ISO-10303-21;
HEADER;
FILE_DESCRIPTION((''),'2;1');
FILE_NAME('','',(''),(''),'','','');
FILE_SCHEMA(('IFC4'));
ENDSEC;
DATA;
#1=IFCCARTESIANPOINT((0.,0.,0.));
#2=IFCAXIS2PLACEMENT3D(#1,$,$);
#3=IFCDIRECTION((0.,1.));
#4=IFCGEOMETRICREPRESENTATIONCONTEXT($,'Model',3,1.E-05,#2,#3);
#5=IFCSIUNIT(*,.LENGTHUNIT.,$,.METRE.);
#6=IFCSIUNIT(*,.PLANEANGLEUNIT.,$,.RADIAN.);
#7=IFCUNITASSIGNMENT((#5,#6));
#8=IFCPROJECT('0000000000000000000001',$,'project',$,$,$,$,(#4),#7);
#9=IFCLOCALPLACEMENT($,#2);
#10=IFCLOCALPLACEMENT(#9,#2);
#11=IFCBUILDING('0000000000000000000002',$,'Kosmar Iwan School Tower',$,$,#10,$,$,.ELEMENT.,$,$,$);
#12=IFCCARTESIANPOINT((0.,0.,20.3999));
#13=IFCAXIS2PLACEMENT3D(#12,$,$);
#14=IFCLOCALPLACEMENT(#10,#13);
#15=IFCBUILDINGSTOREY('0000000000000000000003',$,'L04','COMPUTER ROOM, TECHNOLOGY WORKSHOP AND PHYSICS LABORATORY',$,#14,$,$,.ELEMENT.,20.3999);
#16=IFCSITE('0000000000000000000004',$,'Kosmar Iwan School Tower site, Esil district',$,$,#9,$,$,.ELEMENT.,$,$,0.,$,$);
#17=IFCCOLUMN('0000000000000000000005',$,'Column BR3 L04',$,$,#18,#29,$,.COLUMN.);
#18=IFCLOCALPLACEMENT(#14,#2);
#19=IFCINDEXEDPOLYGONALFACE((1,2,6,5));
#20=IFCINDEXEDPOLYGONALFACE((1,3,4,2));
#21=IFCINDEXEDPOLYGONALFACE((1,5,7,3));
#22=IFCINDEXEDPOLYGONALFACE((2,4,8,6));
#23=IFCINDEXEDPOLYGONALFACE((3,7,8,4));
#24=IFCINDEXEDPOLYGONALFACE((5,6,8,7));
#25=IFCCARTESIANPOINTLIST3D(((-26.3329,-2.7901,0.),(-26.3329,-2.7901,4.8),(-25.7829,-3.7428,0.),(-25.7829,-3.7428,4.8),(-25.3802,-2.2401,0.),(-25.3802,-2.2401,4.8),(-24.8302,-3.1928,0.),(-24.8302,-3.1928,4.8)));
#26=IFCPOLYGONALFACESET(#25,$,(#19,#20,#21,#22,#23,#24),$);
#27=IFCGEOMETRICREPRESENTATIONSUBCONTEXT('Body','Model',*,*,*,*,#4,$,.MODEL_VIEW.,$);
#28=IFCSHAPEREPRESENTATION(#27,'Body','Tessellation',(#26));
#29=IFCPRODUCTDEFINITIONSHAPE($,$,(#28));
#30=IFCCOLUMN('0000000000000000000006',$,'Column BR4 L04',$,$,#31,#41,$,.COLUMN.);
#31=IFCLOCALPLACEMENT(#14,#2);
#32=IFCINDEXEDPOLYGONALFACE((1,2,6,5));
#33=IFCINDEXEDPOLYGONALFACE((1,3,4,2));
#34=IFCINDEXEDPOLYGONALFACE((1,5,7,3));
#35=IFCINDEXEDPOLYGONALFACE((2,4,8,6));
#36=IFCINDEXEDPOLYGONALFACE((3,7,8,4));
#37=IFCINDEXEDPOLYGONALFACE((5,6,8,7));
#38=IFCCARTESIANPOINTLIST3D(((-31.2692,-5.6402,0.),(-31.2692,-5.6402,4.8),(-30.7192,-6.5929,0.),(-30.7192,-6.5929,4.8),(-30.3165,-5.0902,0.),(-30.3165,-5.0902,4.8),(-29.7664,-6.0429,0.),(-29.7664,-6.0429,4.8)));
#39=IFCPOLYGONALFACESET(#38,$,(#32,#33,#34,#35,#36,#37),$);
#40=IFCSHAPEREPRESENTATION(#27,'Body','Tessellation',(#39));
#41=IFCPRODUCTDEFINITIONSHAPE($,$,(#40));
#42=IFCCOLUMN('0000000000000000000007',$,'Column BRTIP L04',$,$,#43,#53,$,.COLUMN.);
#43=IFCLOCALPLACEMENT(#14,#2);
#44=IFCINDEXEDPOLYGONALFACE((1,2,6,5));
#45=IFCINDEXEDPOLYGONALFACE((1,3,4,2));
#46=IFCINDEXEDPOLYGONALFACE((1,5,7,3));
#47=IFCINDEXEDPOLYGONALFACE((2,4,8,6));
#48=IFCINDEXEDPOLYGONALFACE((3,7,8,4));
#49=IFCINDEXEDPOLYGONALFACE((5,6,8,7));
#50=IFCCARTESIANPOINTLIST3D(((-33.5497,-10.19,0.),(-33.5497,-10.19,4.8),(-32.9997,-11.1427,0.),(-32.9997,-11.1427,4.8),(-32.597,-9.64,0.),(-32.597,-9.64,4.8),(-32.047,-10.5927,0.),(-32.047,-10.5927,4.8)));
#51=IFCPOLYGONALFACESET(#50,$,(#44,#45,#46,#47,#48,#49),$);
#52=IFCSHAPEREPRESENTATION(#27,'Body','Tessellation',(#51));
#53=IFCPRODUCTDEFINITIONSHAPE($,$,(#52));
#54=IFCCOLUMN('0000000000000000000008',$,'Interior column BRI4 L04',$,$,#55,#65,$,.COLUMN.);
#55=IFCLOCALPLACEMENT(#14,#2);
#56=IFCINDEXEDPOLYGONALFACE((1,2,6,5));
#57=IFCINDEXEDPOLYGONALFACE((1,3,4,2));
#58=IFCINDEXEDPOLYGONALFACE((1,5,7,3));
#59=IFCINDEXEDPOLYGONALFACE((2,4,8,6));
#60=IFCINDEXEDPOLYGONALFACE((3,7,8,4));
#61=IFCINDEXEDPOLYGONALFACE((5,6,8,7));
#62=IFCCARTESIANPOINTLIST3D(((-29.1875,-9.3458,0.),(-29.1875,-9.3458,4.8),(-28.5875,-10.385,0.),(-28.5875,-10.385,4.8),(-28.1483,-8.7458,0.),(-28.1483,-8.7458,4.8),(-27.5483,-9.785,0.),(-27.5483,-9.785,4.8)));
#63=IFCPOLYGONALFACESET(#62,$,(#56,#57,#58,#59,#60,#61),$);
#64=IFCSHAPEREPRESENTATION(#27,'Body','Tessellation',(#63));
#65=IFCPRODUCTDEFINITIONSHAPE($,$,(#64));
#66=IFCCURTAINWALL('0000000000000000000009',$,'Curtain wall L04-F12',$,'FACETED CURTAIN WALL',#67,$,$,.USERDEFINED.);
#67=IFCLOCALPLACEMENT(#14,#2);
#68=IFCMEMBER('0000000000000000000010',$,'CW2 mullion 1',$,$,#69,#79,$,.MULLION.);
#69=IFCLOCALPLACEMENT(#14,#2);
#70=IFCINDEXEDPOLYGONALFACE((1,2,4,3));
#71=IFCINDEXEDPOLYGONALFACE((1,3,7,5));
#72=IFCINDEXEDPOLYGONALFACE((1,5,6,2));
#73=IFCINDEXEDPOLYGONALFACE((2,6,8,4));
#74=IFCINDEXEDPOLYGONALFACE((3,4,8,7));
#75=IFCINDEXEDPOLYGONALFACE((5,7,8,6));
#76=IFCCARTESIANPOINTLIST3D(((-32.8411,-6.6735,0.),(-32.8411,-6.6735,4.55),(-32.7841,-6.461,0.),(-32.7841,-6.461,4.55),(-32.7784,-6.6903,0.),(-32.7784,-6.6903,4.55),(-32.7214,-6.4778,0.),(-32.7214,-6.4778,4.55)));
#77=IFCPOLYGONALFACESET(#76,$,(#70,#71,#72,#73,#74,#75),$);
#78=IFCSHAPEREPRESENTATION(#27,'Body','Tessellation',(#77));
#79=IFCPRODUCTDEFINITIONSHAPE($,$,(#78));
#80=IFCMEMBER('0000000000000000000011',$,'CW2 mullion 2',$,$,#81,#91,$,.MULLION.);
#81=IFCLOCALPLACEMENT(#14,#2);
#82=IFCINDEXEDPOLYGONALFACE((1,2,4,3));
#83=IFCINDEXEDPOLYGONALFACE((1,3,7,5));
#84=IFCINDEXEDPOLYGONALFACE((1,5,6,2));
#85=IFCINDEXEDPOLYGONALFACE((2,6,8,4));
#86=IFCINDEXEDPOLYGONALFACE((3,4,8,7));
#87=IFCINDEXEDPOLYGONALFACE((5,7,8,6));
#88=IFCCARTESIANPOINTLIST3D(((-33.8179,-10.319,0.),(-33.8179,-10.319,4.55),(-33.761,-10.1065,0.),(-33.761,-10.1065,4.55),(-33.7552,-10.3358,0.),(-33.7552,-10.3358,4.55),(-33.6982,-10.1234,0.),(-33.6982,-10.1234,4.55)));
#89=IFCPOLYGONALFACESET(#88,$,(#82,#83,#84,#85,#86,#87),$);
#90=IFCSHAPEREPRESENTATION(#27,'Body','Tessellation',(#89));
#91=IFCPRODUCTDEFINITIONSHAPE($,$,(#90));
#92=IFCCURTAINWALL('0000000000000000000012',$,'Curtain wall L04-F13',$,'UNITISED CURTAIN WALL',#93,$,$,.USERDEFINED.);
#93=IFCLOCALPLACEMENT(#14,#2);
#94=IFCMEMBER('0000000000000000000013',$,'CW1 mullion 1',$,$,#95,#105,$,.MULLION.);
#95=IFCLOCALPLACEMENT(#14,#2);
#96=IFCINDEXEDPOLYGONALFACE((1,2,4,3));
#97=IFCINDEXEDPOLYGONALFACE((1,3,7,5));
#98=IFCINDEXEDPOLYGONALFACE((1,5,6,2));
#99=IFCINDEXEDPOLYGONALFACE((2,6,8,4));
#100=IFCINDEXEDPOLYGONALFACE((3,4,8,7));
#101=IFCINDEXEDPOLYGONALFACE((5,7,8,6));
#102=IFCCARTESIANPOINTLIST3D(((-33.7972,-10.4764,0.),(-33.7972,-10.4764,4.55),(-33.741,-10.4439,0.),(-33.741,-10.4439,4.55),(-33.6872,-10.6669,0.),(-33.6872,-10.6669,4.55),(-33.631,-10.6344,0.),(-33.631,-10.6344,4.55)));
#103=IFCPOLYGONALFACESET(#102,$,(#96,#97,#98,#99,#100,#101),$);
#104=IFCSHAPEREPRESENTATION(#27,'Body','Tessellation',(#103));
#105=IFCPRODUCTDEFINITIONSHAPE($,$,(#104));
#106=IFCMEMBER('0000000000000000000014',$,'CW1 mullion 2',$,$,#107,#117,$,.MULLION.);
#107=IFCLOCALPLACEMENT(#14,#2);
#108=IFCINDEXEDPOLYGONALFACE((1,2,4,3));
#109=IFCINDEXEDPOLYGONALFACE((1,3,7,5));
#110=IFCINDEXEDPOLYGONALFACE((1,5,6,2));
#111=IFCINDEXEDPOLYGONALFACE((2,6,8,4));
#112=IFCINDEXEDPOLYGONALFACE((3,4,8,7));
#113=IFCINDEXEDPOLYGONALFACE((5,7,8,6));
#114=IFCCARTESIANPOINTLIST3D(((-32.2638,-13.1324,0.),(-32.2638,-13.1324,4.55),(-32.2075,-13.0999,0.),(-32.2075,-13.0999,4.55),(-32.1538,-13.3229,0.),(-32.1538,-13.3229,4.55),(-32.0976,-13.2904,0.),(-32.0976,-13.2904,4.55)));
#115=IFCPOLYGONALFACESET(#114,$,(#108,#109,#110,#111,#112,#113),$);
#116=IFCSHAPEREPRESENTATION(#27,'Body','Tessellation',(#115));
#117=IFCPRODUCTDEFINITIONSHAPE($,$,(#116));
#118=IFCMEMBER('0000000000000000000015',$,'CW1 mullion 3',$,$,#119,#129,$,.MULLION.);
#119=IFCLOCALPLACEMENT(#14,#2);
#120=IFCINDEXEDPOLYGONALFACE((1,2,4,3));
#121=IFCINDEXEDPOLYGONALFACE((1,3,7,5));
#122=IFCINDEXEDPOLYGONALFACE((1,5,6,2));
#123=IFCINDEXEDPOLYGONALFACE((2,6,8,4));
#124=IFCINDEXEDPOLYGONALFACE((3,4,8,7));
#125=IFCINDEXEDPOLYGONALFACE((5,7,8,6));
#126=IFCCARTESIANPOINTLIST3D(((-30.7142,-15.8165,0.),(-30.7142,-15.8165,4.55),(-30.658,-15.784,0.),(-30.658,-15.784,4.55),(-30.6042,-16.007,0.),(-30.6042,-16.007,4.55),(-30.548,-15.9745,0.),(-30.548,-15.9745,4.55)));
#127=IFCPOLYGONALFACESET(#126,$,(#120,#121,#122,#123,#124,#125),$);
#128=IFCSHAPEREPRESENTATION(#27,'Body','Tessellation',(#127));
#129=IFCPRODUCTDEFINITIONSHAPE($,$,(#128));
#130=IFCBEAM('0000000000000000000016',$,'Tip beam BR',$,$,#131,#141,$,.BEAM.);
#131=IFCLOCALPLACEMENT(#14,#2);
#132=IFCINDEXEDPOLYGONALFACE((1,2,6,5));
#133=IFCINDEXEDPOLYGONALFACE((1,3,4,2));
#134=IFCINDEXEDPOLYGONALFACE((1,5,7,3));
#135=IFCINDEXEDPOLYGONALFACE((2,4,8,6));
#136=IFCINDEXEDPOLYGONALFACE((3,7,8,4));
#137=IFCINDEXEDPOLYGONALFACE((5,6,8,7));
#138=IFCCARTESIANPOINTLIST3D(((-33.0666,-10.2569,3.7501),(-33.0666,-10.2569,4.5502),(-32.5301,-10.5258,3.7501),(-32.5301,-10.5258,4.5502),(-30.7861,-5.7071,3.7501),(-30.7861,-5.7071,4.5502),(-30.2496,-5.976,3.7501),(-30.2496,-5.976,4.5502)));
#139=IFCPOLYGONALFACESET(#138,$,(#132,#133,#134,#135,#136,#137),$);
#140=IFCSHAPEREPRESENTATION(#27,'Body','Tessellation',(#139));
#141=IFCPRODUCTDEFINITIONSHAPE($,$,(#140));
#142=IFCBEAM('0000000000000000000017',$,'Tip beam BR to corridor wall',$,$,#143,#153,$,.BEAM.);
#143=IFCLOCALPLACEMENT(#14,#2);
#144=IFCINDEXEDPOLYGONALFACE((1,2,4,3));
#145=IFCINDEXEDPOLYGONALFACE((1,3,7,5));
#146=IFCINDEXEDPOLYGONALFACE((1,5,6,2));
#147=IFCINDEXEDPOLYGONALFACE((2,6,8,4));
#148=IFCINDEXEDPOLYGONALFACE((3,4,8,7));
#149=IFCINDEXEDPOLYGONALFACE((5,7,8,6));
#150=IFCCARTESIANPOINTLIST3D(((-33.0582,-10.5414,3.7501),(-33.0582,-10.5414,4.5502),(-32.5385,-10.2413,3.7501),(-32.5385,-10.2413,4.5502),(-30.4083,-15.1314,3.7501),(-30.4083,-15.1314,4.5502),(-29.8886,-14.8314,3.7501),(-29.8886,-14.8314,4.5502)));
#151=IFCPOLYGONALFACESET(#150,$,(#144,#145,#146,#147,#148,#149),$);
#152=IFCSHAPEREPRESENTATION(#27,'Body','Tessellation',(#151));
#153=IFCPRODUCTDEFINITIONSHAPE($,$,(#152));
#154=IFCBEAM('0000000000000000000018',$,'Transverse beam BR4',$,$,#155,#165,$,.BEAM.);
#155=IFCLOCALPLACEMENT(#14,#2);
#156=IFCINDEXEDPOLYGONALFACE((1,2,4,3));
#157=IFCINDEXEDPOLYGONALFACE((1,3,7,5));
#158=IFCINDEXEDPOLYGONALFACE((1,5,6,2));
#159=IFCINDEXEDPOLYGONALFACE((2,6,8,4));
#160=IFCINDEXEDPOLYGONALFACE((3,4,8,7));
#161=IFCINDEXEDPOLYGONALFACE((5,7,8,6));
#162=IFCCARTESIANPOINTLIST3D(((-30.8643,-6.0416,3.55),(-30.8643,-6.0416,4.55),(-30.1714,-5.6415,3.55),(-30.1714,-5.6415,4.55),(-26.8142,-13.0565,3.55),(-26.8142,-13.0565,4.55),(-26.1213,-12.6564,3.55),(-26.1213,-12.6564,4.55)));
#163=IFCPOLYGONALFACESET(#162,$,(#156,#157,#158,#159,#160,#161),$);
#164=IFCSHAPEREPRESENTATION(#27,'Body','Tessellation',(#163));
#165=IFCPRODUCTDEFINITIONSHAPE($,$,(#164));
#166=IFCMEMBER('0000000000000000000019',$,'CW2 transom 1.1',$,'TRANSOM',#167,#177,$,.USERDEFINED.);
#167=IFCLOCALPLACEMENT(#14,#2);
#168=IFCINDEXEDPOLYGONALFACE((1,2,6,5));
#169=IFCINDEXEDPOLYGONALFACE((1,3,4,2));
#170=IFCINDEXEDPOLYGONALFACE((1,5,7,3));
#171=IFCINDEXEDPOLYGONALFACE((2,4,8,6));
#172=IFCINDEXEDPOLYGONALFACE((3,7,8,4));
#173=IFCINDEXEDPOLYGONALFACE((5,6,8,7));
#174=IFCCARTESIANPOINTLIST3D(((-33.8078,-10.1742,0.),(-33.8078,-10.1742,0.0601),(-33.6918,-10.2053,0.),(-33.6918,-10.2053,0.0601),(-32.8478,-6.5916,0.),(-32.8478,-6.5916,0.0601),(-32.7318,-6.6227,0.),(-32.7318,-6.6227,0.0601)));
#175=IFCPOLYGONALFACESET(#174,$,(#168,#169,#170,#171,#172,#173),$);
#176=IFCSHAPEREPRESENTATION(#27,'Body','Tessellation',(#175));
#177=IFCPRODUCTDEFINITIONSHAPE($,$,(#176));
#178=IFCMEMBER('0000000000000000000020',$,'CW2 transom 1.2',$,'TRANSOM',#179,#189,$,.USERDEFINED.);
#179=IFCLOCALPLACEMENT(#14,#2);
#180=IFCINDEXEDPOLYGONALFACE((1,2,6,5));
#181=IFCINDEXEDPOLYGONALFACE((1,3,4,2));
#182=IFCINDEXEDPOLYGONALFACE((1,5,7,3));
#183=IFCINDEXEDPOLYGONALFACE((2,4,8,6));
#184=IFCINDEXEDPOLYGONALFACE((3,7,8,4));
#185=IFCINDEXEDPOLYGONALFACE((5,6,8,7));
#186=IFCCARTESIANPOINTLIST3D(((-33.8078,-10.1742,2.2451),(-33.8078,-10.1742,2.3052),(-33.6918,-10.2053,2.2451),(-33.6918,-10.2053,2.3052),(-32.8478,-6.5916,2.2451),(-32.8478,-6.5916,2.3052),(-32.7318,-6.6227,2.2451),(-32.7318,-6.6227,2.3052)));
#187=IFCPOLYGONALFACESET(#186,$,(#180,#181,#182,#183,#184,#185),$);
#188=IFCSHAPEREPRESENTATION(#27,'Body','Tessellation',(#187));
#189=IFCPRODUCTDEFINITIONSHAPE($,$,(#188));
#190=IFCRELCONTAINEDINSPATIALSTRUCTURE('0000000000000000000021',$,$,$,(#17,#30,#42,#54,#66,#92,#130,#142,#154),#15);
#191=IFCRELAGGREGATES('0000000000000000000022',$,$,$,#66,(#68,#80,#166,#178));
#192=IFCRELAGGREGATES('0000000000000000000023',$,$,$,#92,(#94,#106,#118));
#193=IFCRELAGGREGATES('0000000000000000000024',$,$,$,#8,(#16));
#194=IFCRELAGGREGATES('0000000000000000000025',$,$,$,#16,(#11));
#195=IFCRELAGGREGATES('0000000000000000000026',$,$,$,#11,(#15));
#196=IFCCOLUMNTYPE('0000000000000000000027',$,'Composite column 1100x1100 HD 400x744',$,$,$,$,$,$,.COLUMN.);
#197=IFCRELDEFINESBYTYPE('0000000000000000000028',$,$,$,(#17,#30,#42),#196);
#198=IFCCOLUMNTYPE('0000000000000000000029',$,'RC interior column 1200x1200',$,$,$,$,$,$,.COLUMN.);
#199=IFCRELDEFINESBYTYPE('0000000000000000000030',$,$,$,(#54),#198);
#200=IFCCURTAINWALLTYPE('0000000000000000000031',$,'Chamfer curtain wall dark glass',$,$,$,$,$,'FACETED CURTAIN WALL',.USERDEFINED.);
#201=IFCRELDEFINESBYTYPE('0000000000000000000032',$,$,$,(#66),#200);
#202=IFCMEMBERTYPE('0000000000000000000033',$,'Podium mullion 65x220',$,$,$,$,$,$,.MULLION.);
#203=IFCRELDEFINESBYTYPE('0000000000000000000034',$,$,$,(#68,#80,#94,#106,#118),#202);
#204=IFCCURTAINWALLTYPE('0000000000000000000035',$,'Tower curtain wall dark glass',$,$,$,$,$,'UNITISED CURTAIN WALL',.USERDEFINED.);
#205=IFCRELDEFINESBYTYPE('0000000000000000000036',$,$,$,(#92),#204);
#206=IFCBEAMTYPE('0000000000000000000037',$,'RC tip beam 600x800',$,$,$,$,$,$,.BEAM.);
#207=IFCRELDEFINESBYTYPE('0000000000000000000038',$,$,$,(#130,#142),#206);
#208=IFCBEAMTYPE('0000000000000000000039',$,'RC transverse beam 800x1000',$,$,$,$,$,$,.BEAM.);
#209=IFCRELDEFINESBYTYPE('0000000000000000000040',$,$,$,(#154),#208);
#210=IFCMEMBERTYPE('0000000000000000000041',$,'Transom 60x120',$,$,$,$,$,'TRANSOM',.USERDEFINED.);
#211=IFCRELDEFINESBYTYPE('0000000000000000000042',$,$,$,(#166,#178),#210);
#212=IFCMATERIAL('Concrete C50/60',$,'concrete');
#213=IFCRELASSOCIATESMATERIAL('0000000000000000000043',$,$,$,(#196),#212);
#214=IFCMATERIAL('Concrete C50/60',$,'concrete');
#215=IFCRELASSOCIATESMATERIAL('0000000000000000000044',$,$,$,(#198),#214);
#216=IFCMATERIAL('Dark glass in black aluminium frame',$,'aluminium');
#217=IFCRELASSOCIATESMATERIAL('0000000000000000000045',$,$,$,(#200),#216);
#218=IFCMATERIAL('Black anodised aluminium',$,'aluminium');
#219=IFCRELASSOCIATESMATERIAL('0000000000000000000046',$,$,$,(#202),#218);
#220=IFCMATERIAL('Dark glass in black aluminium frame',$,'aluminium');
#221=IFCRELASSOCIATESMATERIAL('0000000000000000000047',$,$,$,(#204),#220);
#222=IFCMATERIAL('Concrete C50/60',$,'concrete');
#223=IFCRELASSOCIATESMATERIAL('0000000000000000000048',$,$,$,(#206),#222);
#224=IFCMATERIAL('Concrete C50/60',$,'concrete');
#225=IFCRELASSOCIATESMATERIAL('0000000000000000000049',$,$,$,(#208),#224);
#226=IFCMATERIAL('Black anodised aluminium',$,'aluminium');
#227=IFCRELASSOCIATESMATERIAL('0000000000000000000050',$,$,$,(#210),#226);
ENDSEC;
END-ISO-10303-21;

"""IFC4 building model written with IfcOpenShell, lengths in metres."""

from ifc_helpers import new_model, si_unit, direction, frame, origin, origin_2d, place, context, subcontext, project, spatial, rectangle, extrude, material, material_profile, profile_set, type_object, element, aggregate, save


model = new_model("IFC4")

# Units and contexts
model_context = context("Model", 3, precision=1e-05, world=origin(), true_north=direction((0.0, 1.0)))
body_context = subcontext(model_context, "Body", "Model", "MODEL_VIEW")
ifc_project = project(units=[si_unit("LENGTHUNIT", "METRE"), si_unit("PLANEANGLEUNIT", "RADIAN")], contexts=[model_context])

# Site, building, storey
site_placement = place(None, origin())
site = spatial("IfcSite", under=ifc_project, at=site_placement, Name="Kosmar Iwan School Tower site, Esil district", CompositionType="ELEMENT", RefElevation=0.0)
building_placement = place(site_placement, origin())
building = spatial("IfcBuilding", under=site, at=building_placement, Name="Kosmar Iwan School Tower", CompositionType="ELEMENT")
storey_placement = place(building_placement, frame((0.0, 0.0, 20.3999)))
storey = spatial("IfcBuildingStorey", under=building, at=storey_placement, Name="L04", Description="COMPUTER ROOM, TECHNOLOGY WORKSHOP AND PHYSICS LABORATORY", CompositionType="ELEMENT", Elevation=20.3999)

# Columns
ifc_material_1 = material(Name="Concrete C50/60", Category="concrete")
ifc_material_profile_1 = material_profile(ifc_material_1, rectangle(XDim=1.1001, YDim=1.1001, at=origin_2d()), Name="RC 1100x1100 + HD 400x744")
ifc_profile_set_1 = profile_set([ifc_material_profile_1], Name="Concrete C50/60")
column_type_1 = type_object("IfcColumnType", Name="Composite column 1100x1100 HD 400x744", PredefinedType="COLUMN", material=ifc_profile_set_1)
for number, where, z_axis, x_axis, name in (
    (1, (-25.5815, -2.9915, 0.0), (0.0, 0.0, 1.0), (-0.866025, -0.5, 0.0), "Column BR3 L04"),
    (2, (-30.5178, -5.8416, 0.0), (0.0, 0.0, 1.0), (-0.866025, -0.5, 0.0), "Column BR4 L04"),
    (3, (-32.7983, -10.3914, 0.0), (0.0, 0.0, 1.0), (-0.866025, -0.5, 0.0), "Column BRTIP L04"),
):
    element("IfcColumn", number, at=place(storey_placement, frame(where, z_axis=z_axis, x_axis=x_axis)), inside=storey, type_object=column_type_1, Name=name, PredefinedType="COLUMN", context=body_context, shape_type="SweptSolid", body=[
        extrude(rectangle(XDim=1.1001, YDim=1.1001, at=origin_2d()), origin(), (0.0, 0.0, 1.0), 4.8),
    ])
ifc_material_2 = material(Name="Concrete C50/60", Category="concrete")
ifc_material_profile_2 = material_profile(ifc_material_2, rectangle(XDim=1.2, YDim=1.2, at=origin_2d()), Name="RC 1200x1200")
ifc_profile_set_2 = profile_set([ifc_material_profile_2], Name="Concrete C50/60")
column_type_2 = type_object("IfcColumnType", Name="RC interior column 1200x1200", PredefinedType="COLUMN", material=ifc_profile_set_2)
column_placement = place(storey_placement, frame((-28.3679, -9.5654, 0.0), z_axis=(0.0, 0.0, 1.0), x_axis=(-0.866025, -0.5, 0.0)))
element("IfcColumn", 4, at=column_placement, inside=storey, type_object=column_type_2, Name="Interior column BRI4 L04", PredefinedType="COLUMN", context=body_context, shape_type="SweptSolid", body=[
    extrude(rectangle(XDim=1.2, YDim=1.2, at=origin_2d()), origin(), (0.0, 0.0, 1.0), 4.8),
])

# Curtain walls, members
ifc_material_3 = material(Name="Dark glass in black aluminium frame", Category="aluminium")
curtain_wall_type_1 = type_object("IfcCurtainWallType", Name="Chamfer curtain wall dark glass", ElementType="FACETED CURTAIN WALL", PredefinedType="USERDEFINED", material=ifc_material_3)
curtain_wall_1_placement = place(storey_placement, origin())
curtain_wall_1 = element("IfcCurtainWall", 5, at=curtain_wall_1_placement, inside=storey, type_object=curtain_wall_type_1, Name="Curtain wall L04-F12", ObjectType="FACETED CURTAIN WALL", PredefinedType="USERDEFINED")
ifc_material_4 = material(Name="Black anodised aluminium", Category="aluminium")
ifc_material_profile_3 = material_profile(ifc_material_4, rectangle(XDim=0.0649, YDim=0.22, at=origin_2d()), Name="MULLION 65x220")
ifc_profile_set_3 = profile_set([ifc_material_profile_3], Name="Black anodised aluminium")
member_type_1 = type_object("IfcMemberType", Name="Podium mullion 65x220", PredefinedType="MULLION", material=ifc_profile_set_3)
member_1_placement = place(storey_placement, frame((-32.7812, -6.5757, 0.0), z_axis=(0.0, 0.0, 1.0), x_axis=(0.965926, -0.258819, 0.0)))
member_1 = element("IfcMember", 6, at=member_1_placement, type_object=member_type_1, Name="CW2 mullion 1", PredefinedType="MULLION", context=body_context, shape_type="SweptSolid", body=[
    extrude(rectangle(XDim=0.0649, YDim=0.22, at=origin_2d()), origin(), (0.0, 0.0, 1.0), 4.55),
])
member_2_placement = place(storey_placement, frame((-33.7581, -10.2212, 0.0), z_axis=(0.0, 0.0, 1.0), x_axis=(0.965926, -0.258819, 0.0)))
member_2 = element("IfcMember", 7, at=member_2_placement, type_object=member_type_1, Name="CW2 mullion 2", PredefinedType="MULLION", context=body_context, shape_type="SweptSolid", body=[
    extrude(rectangle(XDim=0.0649, YDim=0.22, at=origin_2d()), origin(), (0.0, 0.0, 1.0), 4.55),
])
ifc_material_5 = material(Name="Dark glass in black aluminium frame", Category="aluminium")
curtain_wall_type_2 = type_object("IfcCurtainWallType", Name="Tower curtain wall dark glass", ElementType="UNITISED CURTAIN WALL", PredefinedType="USERDEFINED", material=ifc_material_5)
curtain_wall_2_placement = place(storey_placement, origin())
curtain_wall_2 = element("IfcCurtainWall", 8, at=curtain_wall_2_placement, inside=storey, type_object=curtain_wall_type_2, Name="Curtain wall L04-F13", ObjectType="UNITISED CURTAIN WALL", PredefinedType="USERDEFINED")
member_3_placement = place(storey_placement, frame((-33.7141, -10.5554, 0.0), z_axis=(0.0, 0.0, 1.0), x_axis=(0.866025, 0.5, 0.0)))
member_3 = element("IfcMember", 9, at=member_3_placement, type_object=member_type_1, Name="CW1 mullion 1", PredefinedType="MULLION", context=body_context, shape_type="SweptSolid", body=[
    extrude(rectangle(XDim=0.0649, YDim=0.22, at=origin_2d()), origin(), (0.0, 0.0, 1.0), 4.55),
])
member_4_placement = place(storey_placement, frame((-32.1807, -13.2114, 0.0), z_axis=(0.0, 0.0, 1.0), x_axis=(0.866025, 0.5, 0.0)))
member_4 = element("IfcMember", 10, at=member_4_placement, type_object=member_type_1, Name="CW1 mullion 2", PredefinedType="MULLION", context=body_context, shape_type="SweptSolid", body=[
    extrude(rectangle(XDim=0.0649, YDim=0.22, at=origin_2d()), origin(), (0.0, 0.0, 1.0), 4.55),
])
member_5_placement = place(storey_placement, frame((-30.6311, -15.8955, 0.0), z_axis=(0.0, 0.0, 1.0), x_axis=(0.866025, 0.5, 0.0)))
member_5 = element("IfcMember", 11, at=member_5_placement, type_object=member_type_1, Name="CW1 mullion 3", PredefinedType="MULLION", context=body_context, shape_type="SweptSolid", body=[
    extrude(rectangle(XDim=0.0649, YDim=0.22, at=origin_2d()), origin(), (0.0, 0.0, 1.0), 4.55),
])

# Beams
ifc_material_6 = material(Name="Concrete C50/60", Category="concrete")
ifc_material_profile_4 = material_profile(ifc_material_6, rectangle(XDim=0.6001, YDim=0.8, at=origin_2d()), Name="RC 600x800")
ifc_profile_set_4 = profile_set([ifc_material_profile_4], Name="Concrete C50/60")
beam_type_1 = type_object("IfcBeamType", Name="RC tip beam 600x800", PredefinedType="BEAM", material=ifc_profile_set_4)
beam_1_placement = place(storey_placement, frame((-30.5178, -5.8416, 4.1501), z_axis=(-0.448096, -0.893985, 0.0), x_axis=(0.893985, -0.448096, 0.0)))
element("IfcBeam", 12, at=beam_1_placement, inside=storey, type_object=beam_type_1, Name="Tip beam BR", PredefinedType="BEAM", context=body_context, shape_type="SweptSolid", body=[
    extrude(rectangle(XDim=0.6001, YDim=0.8, at=origin_2d()), origin(), (0.0, 0.0, 1.0), 5.0894),
])
beam_2_placement = place(storey_placement, frame((-32.7983, -10.3914, 4.1501), z_axis=(0.499974, -0.866041, 0.0), x_axis=(0.866041, 0.499974, 0.0)))
element("IfcBeam", 13, at=beam_2_placement, inside=storey, type_object=beam_type_1, Name="Tip beam BR to corridor wall", PredefinedType="BEAM", context=body_context, shape_type="SweptSolid", body=[
    extrude(rectangle(XDim=0.6001, YDim=0.8, at=origin_2d()), origin(), (0.0, 0.0, 1.0), 5.3),
])
ifc_material_7 = material(Name="Concrete C50/60", Category="concrete")
ifc_material_profile_5 = material_profile(ifc_material_7, rectangle(XDim=0.8, YDim=1.0, at=origin_2d()), Name="RC 800x1000")
ifc_profile_set_5 = profile_set([ifc_material_profile_5], Name="Concrete C50/60")
beam_type_2 = type_object("IfcBeamType", Name="RC transverse beam 800x1000", PredefinedType="BEAM", material=ifc_profile_set_5)
beam_3_placement = place(storey_placement, frame((-30.5178, -5.8416, 4.05), z_axis=(0.5, -0.866025, 0.0), x_axis=(0.866025, 0.5, 0.0)))
element("IfcBeam", 14, at=beam_3_placement, inside=storey, type_object=beam_type_2, Name="Transverse beam BR4", PredefinedType="BEAM", context=body_context, shape_type="SweptSolid", body=[
    extrude(rectangle(XDim=0.8, YDim=1.0, at=origin_2d()), origin(), (0.0, 0.0, 1.0), 8.1001),
])

# Members
ifc_material_8 = material(Name="Black anodised aluminium", Category="aluminium")
ifc_material_profile_6 = material_profile(ifc_material_8, rectangle(XDim=0.1201, YDim=0.0601, at=origin_2d()), Name="TRANSOM 60x120")
ifc_profile_set_6 = profile_set([ifc_material_profile_6], Name="Black anodised aluminium")
member_type_2 = type_object("IfcMemberType", Name="Transom 60x120", ElementType="TRANSOM", PredefinedType="USERDEFINED", material=ifc_profile_set_6)
member_6_placement = place(storey_placement, frame((-32.7898, -6.6072, 0.03), z_axis=(-0.258826, -0.965924, 0.0), x_axis=(0.965924, -0.258826, 0.0)))
member_6 = element("IfcMember", 15, at=member_6_placement, type_object=member_type_2, Name="CW2 transom 1.1", ObjectType="TRANSOM", PredefinedType="USERDEFINED", context=body_context, shape_type="SweptSolid", body=[
    extrude(rectangle(XDim=0.1201, YDim=0.0601, at=origin_2d()), origin(), (0.0, 0.0, 1.0), 3.709),
])
member_7_placement = place(storey_placement, frame((-32.7898, -6.6072, 2.2751), z_axis=(-0.258826, -0.965924, 0.0), x_axis=(0.965924, -0.258826, 0.0)))
member_7 = element("IfcMember", 16, at=member_7_placement, type_object=member_type_2, Name="CW2 transom 1.2", ObjectType="TRANSOM", PredefinedType="USERDEFINED", context=body_context, shape_type="SweptSolid", body=[
    extrude(rectangle(XDim=0.1201, YDim=0.0601, at=origin_2d()), origin(), (0.0, 0.0, 1.0), 3.709),
])

aggregate(curtain_wall_1, [member_1, member_2, member_6, member_7])
aggregate(curtain_wall_2, [member_3, member_4, member_5])

save(model, "model.ifc")
